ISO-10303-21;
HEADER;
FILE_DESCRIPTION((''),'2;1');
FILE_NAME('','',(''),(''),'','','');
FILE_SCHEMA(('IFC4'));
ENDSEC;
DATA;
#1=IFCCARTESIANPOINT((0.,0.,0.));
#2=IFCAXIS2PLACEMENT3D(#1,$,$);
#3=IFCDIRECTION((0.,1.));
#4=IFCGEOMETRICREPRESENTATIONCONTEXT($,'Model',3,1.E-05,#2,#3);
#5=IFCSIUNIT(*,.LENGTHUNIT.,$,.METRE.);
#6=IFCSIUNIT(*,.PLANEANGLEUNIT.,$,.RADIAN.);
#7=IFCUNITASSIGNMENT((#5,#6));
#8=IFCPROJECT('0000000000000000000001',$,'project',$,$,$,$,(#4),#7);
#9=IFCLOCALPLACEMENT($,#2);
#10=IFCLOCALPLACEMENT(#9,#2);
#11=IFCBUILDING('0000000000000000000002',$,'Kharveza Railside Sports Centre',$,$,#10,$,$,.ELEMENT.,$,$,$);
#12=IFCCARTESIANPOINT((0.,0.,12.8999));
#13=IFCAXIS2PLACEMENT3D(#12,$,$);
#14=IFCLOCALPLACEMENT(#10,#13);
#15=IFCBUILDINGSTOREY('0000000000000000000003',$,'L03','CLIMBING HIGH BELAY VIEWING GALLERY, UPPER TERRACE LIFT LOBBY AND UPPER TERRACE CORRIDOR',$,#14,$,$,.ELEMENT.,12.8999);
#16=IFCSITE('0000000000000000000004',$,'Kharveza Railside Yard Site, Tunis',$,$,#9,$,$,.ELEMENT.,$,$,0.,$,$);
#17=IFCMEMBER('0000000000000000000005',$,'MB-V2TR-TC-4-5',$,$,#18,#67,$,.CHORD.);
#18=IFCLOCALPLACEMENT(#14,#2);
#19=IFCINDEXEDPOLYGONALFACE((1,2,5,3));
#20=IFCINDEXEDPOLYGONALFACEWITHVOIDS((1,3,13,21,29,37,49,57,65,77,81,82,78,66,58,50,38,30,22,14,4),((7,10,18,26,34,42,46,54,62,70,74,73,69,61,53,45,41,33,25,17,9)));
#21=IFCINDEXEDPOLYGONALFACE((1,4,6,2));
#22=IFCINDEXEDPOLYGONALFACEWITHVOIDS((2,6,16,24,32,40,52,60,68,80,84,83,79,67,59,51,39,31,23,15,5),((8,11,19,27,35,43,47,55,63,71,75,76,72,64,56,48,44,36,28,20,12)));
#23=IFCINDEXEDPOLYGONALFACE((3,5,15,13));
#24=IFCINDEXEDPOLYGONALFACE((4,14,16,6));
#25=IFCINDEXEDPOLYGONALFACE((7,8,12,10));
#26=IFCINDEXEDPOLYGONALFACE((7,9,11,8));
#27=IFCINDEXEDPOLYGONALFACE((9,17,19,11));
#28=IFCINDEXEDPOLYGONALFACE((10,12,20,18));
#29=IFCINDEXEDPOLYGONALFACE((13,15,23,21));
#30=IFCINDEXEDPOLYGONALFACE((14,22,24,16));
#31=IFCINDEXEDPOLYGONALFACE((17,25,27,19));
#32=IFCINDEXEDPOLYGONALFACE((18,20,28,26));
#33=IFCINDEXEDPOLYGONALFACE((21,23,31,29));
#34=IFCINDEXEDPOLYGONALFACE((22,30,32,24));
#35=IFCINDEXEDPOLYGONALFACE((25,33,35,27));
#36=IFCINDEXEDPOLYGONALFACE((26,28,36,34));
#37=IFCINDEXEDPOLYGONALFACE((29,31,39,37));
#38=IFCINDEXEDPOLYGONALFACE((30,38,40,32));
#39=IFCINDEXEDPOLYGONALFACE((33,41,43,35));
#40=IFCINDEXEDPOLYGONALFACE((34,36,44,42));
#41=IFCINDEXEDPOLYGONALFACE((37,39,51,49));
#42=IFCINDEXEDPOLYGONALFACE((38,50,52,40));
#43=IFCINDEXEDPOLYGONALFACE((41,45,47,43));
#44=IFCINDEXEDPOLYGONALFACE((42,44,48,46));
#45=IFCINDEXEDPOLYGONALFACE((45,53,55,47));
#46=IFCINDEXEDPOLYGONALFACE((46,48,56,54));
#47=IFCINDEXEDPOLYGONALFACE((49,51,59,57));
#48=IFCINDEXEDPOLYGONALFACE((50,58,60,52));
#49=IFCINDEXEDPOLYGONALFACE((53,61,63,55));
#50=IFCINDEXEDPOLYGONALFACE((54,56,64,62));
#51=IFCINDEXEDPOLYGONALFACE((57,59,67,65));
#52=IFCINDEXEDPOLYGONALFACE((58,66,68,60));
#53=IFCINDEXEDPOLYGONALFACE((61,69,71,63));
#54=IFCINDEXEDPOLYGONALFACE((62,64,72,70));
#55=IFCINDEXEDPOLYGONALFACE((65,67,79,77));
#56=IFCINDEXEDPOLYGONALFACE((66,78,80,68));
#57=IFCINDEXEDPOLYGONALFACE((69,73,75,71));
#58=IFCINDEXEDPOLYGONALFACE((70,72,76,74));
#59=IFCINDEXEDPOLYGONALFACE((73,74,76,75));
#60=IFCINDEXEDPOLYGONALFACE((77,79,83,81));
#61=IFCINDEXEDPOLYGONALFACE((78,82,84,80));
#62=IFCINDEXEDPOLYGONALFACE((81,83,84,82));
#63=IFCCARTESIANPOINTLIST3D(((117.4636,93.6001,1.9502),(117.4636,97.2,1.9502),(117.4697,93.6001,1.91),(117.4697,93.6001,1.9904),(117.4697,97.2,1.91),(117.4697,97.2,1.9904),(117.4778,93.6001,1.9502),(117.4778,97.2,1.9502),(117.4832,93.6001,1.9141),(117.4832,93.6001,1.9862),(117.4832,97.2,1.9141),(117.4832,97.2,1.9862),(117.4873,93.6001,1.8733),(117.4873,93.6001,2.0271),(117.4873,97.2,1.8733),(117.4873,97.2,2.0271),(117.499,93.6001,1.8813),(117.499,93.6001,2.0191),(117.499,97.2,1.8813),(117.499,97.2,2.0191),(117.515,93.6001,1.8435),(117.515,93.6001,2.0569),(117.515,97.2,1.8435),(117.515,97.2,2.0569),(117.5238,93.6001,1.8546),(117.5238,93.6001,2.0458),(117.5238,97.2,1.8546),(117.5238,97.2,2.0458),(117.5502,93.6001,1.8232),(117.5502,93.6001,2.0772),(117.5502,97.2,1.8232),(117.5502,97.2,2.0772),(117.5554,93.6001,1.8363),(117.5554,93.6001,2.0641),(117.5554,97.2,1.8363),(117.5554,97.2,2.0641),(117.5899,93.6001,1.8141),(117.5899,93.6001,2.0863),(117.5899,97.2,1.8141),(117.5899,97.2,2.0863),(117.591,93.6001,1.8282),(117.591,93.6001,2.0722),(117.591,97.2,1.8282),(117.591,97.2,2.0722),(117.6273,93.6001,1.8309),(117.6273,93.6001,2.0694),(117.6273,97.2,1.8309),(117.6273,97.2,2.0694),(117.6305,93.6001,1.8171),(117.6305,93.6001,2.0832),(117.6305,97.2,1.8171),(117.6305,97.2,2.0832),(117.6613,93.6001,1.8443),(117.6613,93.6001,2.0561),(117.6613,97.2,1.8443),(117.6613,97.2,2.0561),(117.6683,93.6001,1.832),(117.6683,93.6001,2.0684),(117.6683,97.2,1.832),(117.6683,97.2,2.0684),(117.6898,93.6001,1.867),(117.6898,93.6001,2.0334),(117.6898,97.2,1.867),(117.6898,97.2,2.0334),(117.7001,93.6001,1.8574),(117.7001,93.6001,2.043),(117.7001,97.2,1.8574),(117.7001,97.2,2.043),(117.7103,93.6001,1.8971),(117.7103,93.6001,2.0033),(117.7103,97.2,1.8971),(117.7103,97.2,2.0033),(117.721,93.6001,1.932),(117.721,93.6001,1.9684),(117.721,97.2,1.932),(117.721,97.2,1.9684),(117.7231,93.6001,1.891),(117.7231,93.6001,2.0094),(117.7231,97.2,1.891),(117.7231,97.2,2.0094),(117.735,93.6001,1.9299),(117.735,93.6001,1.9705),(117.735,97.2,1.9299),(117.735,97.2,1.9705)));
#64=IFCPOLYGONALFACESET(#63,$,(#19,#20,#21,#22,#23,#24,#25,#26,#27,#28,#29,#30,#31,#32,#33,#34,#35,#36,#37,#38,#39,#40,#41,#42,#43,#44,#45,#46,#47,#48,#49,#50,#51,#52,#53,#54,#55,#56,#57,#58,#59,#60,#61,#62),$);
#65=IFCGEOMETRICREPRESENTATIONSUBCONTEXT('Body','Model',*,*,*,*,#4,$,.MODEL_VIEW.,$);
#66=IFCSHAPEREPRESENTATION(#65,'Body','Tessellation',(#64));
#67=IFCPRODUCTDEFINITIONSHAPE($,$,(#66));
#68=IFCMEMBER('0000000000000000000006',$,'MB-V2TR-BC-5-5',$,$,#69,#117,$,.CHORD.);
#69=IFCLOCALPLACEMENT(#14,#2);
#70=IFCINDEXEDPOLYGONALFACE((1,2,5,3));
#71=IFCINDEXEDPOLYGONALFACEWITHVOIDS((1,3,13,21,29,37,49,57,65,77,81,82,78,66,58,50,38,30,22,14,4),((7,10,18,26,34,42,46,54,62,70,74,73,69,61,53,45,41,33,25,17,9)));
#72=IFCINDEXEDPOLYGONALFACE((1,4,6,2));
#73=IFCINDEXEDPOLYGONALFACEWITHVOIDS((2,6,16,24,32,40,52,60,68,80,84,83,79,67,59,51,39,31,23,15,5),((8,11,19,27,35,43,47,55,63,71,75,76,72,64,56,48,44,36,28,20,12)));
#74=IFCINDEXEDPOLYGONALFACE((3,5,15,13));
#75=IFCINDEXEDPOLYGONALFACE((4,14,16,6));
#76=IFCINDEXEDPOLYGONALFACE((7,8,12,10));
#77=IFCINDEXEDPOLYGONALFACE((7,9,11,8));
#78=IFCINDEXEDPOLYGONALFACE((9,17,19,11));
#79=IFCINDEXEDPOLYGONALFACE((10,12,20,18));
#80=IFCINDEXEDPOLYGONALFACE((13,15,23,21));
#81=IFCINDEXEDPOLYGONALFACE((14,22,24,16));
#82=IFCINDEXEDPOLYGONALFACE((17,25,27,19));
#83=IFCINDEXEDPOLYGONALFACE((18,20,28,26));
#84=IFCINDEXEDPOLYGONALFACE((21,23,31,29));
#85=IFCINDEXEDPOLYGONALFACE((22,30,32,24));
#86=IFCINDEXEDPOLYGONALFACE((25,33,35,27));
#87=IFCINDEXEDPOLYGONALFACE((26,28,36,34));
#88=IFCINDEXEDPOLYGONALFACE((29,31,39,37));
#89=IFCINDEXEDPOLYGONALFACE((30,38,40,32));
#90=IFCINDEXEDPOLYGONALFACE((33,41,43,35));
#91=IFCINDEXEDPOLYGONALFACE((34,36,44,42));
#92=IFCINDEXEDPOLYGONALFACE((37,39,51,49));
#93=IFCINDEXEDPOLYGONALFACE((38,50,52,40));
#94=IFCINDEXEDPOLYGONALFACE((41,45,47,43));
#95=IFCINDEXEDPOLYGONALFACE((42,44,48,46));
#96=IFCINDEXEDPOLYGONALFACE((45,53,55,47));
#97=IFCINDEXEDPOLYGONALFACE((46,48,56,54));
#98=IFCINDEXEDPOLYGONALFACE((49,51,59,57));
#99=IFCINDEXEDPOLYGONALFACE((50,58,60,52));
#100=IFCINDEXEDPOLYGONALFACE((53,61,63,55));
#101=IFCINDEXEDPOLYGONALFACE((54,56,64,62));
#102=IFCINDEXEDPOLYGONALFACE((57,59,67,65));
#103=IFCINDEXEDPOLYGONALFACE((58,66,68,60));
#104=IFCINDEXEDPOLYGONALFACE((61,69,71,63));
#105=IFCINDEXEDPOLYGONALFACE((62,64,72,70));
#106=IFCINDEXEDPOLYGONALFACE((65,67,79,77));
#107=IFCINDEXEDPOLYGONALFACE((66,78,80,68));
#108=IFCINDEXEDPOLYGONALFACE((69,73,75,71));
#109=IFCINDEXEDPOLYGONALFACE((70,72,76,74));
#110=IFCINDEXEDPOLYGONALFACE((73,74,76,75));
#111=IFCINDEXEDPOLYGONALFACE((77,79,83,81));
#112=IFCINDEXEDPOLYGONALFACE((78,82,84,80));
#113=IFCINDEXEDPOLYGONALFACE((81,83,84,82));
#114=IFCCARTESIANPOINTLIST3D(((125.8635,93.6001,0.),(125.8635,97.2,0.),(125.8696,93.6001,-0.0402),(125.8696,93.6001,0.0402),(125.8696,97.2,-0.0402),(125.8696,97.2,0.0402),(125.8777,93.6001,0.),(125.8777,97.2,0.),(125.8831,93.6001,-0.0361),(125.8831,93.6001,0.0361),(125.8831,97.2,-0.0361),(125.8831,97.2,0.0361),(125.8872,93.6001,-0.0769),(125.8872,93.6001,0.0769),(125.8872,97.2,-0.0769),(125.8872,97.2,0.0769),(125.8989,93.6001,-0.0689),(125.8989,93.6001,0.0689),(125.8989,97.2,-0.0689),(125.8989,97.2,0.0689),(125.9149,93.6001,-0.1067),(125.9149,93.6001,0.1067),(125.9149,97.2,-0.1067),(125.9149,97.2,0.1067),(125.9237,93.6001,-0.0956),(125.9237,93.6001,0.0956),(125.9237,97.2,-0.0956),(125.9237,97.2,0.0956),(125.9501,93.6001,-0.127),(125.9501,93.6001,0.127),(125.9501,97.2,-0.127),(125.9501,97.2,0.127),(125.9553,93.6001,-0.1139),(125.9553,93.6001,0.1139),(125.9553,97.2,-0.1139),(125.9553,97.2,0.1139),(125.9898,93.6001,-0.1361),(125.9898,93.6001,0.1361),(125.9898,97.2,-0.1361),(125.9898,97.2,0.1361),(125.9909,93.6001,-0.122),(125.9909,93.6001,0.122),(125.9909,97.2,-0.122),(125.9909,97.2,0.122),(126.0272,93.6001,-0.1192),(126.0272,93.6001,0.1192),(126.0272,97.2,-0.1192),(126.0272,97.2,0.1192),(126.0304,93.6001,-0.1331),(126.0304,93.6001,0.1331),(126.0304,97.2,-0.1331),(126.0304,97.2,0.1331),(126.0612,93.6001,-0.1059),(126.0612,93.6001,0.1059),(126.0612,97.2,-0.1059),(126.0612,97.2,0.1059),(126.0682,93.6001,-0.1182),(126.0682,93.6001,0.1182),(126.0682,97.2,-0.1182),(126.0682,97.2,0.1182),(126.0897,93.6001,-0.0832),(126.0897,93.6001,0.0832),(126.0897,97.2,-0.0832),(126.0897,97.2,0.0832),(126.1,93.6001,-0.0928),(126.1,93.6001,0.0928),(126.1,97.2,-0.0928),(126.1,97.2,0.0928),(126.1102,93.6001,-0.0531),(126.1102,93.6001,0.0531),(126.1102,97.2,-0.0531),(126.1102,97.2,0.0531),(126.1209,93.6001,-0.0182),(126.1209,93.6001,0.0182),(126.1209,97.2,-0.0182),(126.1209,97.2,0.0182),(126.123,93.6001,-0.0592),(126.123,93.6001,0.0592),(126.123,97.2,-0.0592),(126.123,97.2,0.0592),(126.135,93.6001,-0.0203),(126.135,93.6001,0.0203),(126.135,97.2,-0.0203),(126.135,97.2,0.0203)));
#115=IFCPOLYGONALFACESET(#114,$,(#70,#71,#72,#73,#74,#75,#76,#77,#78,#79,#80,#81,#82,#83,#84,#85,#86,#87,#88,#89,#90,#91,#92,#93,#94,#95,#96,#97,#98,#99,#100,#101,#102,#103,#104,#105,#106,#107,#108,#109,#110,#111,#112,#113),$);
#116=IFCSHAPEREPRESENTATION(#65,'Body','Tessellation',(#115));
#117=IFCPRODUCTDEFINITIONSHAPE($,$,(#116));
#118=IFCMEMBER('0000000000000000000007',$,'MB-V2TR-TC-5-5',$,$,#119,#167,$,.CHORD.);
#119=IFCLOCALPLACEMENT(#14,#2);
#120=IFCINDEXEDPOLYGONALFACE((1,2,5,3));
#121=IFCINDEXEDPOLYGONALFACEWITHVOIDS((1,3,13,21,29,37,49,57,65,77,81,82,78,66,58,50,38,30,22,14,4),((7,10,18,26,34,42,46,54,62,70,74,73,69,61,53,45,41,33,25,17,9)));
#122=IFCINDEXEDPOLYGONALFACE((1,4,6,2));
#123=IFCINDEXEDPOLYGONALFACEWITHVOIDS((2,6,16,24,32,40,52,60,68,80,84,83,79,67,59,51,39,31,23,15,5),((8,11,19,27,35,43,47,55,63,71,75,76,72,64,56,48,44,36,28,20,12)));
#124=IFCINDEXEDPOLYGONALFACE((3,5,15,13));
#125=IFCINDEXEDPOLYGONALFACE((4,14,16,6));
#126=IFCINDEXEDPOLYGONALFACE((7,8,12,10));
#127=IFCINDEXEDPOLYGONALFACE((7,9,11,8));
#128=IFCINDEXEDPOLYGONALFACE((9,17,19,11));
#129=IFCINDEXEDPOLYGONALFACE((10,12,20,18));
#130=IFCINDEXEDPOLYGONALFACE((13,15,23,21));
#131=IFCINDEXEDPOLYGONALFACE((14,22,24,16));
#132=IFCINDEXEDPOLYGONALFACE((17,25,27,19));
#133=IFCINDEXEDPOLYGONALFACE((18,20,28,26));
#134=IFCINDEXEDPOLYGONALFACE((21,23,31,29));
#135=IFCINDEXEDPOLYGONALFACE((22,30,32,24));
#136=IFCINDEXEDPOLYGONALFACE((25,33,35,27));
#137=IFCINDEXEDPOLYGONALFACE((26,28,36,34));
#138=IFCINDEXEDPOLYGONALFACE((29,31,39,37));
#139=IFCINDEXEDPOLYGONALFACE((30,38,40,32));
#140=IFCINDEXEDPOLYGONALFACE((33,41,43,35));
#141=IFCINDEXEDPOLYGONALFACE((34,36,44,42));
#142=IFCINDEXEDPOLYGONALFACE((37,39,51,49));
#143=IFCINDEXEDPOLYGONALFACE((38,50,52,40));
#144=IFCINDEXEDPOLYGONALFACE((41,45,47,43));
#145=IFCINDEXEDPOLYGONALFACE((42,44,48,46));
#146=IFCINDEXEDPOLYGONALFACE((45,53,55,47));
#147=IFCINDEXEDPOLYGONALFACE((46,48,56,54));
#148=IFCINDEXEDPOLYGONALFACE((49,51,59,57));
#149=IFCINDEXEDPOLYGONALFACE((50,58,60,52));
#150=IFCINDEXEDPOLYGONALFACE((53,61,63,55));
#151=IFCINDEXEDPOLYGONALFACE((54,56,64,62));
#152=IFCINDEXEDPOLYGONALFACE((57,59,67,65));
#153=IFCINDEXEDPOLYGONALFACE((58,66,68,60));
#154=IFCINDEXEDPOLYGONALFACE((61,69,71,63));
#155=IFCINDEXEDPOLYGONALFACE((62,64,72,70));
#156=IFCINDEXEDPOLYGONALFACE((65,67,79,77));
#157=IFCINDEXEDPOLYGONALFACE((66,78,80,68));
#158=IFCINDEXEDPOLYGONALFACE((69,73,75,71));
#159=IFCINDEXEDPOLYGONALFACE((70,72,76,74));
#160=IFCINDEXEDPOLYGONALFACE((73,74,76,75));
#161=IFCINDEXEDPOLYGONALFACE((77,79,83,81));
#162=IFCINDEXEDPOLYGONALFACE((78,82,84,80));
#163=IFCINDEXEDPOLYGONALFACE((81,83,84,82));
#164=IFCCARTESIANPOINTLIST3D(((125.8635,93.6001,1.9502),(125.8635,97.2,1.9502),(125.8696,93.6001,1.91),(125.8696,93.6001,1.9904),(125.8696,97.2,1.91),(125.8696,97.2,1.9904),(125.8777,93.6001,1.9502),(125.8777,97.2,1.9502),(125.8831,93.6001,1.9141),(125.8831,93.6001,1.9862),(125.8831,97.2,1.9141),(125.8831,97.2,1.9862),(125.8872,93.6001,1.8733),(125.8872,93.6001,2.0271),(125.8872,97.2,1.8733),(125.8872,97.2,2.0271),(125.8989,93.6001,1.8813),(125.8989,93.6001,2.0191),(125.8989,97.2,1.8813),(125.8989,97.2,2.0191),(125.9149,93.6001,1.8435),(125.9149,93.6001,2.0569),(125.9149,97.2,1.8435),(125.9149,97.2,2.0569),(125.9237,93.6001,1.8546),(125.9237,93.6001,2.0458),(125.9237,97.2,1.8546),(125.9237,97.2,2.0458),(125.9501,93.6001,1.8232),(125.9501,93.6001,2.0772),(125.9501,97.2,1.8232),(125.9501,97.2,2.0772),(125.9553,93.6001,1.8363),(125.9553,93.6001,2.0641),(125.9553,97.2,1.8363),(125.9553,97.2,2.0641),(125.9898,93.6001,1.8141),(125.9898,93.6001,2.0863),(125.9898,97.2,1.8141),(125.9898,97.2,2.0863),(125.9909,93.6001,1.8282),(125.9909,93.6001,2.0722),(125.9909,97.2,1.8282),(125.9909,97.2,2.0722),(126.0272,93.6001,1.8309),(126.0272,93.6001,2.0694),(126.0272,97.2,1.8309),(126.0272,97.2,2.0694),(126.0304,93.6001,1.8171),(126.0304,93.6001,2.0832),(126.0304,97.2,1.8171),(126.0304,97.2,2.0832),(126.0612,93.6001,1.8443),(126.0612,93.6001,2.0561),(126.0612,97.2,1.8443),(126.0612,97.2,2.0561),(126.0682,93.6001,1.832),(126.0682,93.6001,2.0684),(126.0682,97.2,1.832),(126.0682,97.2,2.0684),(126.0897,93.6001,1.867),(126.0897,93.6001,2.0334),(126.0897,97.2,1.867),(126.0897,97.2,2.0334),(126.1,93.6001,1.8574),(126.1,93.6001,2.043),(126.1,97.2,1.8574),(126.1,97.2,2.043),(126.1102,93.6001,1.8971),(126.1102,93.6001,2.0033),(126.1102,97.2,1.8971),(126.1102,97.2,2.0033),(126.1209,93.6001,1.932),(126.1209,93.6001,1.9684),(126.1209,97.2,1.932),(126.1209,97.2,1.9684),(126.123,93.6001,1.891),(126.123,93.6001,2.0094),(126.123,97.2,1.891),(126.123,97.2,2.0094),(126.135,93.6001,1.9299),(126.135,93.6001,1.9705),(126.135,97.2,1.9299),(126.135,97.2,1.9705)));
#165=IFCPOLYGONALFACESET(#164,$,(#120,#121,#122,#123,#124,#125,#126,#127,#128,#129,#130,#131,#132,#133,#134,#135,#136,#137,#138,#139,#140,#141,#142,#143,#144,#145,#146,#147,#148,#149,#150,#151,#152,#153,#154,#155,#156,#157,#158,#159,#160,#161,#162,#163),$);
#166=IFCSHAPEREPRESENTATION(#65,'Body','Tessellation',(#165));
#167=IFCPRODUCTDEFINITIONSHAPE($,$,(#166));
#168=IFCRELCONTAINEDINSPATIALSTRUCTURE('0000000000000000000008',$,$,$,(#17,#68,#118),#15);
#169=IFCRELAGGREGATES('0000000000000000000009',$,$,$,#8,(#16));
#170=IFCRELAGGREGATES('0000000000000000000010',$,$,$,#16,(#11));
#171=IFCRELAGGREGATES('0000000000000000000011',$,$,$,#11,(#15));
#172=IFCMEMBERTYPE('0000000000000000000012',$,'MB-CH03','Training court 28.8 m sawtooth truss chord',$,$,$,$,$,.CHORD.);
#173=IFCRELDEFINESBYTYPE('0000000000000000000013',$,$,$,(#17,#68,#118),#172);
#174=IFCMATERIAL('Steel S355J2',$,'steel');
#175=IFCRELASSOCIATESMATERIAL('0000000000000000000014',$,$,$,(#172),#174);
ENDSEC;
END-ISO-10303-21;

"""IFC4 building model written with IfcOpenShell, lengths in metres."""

from ifc_helpers import new_model, si_unit, direction, frame, origin, origin_2d, place, context, subcontext, project, spatial, hollow_circle, extrude, material, material_profile, profile_set, type_object, element, save


model = new_model("IFC4")

# Units and contexts
model_context = context("Model", 3, precision=1e-05, world=origin(), true_north=direction((0.0, 1.0)))
body_context = subcontext(model_context, "Body", "Model", "MODEL_VIEW")
ifc_project = project(units=[si_unit("LENGTHUNIT", "METRE"), si_unit("PLANEANGLEUNIT", "RADIAN")], contexts=[model_context])

# Site, building, storey
site_placement = place(None, origin())
site = spatial("IfcSite", under=ifc_project, at=site_placement, Name="Kharveza Railside Yard Site, Tunis", CompositionType="ELEMENT", RefElevation=0.0)
building_placement = place(site_placement, origin())
building = spatial("IfcBuilding", under=site, at=building_placement, Name="Kharveza Railside Sports Centre", CompositionType="ELEMENT")
storey_placement = place(building_placement, frame((0.0, 0.0, 12.8999)))
storey = spatial("IfcBuildingStorey", under=building, at=storey_placement, Name="L03", Description="CLIMBING HIGH BELAY VIEWING GALLERY, UPPER TERRACE LIFT LOBBY AND UPPER TERRACE CORRIDOR", CompositionType="ELEMENT", Elevation=12.8999)

# Shared definitions
ifc_material_1 = material(Name="Steel S355J2", Category="steel")

# Members
ifc_material_profile_1 = material_profile(ifc_material_1, hollow_circle(Radius=0.1365, WallThickness=0.0142, at=origin_2d()), Name="CHS 273.0x14.2")
ifc_profile_set_1 = profile_set([ifc_material_profile_1], Name="Steel S355J2")
member_type_1 = type_object("IfcMemberType", Name="MB-CH03", Description="Training court 28.8 m sawtooth truss chord", PredefinedType="CHORD", material=ifc_profile_set_1)
for number, where, z_axis, x_axis, name in (
    (1, (117.6001, 93.6001, 1.9502), (0.0, 1.0, 0.0), (-1.0, 0.0, 0.0), "MB-V2TR-TC-4-5"),
    (2, (126.0, 93.6001, 0.0), (0.0, 1.0, 0.0), (-1.0, 0.0, 0.0), "MB-V2TR-BC-5-5"),
    (3, (126.0, 93.6001, 1.9502), (0.0, 1.0, 0.0), (-1.0, 0.0, 0.0), "MB-V2TR-TC-5-5"),
):
    element("IfcMember", number, at=place(storey_placement, frame(where, z_axis=z_axis, x_axis=x_axis)), inside=storey, type_object=member_type_1, Name=name, PredefinedType="CHORD", context=body_context, shape_type="SweptSolid", body=[
        extrude(hollow_circle(Radius=0.1365, WallThickness=0.0142, at=origin_2d()), origin(), (0.0, 0.0, 1.0), 3.5999),
    ])

save(model, "model.ifc")
